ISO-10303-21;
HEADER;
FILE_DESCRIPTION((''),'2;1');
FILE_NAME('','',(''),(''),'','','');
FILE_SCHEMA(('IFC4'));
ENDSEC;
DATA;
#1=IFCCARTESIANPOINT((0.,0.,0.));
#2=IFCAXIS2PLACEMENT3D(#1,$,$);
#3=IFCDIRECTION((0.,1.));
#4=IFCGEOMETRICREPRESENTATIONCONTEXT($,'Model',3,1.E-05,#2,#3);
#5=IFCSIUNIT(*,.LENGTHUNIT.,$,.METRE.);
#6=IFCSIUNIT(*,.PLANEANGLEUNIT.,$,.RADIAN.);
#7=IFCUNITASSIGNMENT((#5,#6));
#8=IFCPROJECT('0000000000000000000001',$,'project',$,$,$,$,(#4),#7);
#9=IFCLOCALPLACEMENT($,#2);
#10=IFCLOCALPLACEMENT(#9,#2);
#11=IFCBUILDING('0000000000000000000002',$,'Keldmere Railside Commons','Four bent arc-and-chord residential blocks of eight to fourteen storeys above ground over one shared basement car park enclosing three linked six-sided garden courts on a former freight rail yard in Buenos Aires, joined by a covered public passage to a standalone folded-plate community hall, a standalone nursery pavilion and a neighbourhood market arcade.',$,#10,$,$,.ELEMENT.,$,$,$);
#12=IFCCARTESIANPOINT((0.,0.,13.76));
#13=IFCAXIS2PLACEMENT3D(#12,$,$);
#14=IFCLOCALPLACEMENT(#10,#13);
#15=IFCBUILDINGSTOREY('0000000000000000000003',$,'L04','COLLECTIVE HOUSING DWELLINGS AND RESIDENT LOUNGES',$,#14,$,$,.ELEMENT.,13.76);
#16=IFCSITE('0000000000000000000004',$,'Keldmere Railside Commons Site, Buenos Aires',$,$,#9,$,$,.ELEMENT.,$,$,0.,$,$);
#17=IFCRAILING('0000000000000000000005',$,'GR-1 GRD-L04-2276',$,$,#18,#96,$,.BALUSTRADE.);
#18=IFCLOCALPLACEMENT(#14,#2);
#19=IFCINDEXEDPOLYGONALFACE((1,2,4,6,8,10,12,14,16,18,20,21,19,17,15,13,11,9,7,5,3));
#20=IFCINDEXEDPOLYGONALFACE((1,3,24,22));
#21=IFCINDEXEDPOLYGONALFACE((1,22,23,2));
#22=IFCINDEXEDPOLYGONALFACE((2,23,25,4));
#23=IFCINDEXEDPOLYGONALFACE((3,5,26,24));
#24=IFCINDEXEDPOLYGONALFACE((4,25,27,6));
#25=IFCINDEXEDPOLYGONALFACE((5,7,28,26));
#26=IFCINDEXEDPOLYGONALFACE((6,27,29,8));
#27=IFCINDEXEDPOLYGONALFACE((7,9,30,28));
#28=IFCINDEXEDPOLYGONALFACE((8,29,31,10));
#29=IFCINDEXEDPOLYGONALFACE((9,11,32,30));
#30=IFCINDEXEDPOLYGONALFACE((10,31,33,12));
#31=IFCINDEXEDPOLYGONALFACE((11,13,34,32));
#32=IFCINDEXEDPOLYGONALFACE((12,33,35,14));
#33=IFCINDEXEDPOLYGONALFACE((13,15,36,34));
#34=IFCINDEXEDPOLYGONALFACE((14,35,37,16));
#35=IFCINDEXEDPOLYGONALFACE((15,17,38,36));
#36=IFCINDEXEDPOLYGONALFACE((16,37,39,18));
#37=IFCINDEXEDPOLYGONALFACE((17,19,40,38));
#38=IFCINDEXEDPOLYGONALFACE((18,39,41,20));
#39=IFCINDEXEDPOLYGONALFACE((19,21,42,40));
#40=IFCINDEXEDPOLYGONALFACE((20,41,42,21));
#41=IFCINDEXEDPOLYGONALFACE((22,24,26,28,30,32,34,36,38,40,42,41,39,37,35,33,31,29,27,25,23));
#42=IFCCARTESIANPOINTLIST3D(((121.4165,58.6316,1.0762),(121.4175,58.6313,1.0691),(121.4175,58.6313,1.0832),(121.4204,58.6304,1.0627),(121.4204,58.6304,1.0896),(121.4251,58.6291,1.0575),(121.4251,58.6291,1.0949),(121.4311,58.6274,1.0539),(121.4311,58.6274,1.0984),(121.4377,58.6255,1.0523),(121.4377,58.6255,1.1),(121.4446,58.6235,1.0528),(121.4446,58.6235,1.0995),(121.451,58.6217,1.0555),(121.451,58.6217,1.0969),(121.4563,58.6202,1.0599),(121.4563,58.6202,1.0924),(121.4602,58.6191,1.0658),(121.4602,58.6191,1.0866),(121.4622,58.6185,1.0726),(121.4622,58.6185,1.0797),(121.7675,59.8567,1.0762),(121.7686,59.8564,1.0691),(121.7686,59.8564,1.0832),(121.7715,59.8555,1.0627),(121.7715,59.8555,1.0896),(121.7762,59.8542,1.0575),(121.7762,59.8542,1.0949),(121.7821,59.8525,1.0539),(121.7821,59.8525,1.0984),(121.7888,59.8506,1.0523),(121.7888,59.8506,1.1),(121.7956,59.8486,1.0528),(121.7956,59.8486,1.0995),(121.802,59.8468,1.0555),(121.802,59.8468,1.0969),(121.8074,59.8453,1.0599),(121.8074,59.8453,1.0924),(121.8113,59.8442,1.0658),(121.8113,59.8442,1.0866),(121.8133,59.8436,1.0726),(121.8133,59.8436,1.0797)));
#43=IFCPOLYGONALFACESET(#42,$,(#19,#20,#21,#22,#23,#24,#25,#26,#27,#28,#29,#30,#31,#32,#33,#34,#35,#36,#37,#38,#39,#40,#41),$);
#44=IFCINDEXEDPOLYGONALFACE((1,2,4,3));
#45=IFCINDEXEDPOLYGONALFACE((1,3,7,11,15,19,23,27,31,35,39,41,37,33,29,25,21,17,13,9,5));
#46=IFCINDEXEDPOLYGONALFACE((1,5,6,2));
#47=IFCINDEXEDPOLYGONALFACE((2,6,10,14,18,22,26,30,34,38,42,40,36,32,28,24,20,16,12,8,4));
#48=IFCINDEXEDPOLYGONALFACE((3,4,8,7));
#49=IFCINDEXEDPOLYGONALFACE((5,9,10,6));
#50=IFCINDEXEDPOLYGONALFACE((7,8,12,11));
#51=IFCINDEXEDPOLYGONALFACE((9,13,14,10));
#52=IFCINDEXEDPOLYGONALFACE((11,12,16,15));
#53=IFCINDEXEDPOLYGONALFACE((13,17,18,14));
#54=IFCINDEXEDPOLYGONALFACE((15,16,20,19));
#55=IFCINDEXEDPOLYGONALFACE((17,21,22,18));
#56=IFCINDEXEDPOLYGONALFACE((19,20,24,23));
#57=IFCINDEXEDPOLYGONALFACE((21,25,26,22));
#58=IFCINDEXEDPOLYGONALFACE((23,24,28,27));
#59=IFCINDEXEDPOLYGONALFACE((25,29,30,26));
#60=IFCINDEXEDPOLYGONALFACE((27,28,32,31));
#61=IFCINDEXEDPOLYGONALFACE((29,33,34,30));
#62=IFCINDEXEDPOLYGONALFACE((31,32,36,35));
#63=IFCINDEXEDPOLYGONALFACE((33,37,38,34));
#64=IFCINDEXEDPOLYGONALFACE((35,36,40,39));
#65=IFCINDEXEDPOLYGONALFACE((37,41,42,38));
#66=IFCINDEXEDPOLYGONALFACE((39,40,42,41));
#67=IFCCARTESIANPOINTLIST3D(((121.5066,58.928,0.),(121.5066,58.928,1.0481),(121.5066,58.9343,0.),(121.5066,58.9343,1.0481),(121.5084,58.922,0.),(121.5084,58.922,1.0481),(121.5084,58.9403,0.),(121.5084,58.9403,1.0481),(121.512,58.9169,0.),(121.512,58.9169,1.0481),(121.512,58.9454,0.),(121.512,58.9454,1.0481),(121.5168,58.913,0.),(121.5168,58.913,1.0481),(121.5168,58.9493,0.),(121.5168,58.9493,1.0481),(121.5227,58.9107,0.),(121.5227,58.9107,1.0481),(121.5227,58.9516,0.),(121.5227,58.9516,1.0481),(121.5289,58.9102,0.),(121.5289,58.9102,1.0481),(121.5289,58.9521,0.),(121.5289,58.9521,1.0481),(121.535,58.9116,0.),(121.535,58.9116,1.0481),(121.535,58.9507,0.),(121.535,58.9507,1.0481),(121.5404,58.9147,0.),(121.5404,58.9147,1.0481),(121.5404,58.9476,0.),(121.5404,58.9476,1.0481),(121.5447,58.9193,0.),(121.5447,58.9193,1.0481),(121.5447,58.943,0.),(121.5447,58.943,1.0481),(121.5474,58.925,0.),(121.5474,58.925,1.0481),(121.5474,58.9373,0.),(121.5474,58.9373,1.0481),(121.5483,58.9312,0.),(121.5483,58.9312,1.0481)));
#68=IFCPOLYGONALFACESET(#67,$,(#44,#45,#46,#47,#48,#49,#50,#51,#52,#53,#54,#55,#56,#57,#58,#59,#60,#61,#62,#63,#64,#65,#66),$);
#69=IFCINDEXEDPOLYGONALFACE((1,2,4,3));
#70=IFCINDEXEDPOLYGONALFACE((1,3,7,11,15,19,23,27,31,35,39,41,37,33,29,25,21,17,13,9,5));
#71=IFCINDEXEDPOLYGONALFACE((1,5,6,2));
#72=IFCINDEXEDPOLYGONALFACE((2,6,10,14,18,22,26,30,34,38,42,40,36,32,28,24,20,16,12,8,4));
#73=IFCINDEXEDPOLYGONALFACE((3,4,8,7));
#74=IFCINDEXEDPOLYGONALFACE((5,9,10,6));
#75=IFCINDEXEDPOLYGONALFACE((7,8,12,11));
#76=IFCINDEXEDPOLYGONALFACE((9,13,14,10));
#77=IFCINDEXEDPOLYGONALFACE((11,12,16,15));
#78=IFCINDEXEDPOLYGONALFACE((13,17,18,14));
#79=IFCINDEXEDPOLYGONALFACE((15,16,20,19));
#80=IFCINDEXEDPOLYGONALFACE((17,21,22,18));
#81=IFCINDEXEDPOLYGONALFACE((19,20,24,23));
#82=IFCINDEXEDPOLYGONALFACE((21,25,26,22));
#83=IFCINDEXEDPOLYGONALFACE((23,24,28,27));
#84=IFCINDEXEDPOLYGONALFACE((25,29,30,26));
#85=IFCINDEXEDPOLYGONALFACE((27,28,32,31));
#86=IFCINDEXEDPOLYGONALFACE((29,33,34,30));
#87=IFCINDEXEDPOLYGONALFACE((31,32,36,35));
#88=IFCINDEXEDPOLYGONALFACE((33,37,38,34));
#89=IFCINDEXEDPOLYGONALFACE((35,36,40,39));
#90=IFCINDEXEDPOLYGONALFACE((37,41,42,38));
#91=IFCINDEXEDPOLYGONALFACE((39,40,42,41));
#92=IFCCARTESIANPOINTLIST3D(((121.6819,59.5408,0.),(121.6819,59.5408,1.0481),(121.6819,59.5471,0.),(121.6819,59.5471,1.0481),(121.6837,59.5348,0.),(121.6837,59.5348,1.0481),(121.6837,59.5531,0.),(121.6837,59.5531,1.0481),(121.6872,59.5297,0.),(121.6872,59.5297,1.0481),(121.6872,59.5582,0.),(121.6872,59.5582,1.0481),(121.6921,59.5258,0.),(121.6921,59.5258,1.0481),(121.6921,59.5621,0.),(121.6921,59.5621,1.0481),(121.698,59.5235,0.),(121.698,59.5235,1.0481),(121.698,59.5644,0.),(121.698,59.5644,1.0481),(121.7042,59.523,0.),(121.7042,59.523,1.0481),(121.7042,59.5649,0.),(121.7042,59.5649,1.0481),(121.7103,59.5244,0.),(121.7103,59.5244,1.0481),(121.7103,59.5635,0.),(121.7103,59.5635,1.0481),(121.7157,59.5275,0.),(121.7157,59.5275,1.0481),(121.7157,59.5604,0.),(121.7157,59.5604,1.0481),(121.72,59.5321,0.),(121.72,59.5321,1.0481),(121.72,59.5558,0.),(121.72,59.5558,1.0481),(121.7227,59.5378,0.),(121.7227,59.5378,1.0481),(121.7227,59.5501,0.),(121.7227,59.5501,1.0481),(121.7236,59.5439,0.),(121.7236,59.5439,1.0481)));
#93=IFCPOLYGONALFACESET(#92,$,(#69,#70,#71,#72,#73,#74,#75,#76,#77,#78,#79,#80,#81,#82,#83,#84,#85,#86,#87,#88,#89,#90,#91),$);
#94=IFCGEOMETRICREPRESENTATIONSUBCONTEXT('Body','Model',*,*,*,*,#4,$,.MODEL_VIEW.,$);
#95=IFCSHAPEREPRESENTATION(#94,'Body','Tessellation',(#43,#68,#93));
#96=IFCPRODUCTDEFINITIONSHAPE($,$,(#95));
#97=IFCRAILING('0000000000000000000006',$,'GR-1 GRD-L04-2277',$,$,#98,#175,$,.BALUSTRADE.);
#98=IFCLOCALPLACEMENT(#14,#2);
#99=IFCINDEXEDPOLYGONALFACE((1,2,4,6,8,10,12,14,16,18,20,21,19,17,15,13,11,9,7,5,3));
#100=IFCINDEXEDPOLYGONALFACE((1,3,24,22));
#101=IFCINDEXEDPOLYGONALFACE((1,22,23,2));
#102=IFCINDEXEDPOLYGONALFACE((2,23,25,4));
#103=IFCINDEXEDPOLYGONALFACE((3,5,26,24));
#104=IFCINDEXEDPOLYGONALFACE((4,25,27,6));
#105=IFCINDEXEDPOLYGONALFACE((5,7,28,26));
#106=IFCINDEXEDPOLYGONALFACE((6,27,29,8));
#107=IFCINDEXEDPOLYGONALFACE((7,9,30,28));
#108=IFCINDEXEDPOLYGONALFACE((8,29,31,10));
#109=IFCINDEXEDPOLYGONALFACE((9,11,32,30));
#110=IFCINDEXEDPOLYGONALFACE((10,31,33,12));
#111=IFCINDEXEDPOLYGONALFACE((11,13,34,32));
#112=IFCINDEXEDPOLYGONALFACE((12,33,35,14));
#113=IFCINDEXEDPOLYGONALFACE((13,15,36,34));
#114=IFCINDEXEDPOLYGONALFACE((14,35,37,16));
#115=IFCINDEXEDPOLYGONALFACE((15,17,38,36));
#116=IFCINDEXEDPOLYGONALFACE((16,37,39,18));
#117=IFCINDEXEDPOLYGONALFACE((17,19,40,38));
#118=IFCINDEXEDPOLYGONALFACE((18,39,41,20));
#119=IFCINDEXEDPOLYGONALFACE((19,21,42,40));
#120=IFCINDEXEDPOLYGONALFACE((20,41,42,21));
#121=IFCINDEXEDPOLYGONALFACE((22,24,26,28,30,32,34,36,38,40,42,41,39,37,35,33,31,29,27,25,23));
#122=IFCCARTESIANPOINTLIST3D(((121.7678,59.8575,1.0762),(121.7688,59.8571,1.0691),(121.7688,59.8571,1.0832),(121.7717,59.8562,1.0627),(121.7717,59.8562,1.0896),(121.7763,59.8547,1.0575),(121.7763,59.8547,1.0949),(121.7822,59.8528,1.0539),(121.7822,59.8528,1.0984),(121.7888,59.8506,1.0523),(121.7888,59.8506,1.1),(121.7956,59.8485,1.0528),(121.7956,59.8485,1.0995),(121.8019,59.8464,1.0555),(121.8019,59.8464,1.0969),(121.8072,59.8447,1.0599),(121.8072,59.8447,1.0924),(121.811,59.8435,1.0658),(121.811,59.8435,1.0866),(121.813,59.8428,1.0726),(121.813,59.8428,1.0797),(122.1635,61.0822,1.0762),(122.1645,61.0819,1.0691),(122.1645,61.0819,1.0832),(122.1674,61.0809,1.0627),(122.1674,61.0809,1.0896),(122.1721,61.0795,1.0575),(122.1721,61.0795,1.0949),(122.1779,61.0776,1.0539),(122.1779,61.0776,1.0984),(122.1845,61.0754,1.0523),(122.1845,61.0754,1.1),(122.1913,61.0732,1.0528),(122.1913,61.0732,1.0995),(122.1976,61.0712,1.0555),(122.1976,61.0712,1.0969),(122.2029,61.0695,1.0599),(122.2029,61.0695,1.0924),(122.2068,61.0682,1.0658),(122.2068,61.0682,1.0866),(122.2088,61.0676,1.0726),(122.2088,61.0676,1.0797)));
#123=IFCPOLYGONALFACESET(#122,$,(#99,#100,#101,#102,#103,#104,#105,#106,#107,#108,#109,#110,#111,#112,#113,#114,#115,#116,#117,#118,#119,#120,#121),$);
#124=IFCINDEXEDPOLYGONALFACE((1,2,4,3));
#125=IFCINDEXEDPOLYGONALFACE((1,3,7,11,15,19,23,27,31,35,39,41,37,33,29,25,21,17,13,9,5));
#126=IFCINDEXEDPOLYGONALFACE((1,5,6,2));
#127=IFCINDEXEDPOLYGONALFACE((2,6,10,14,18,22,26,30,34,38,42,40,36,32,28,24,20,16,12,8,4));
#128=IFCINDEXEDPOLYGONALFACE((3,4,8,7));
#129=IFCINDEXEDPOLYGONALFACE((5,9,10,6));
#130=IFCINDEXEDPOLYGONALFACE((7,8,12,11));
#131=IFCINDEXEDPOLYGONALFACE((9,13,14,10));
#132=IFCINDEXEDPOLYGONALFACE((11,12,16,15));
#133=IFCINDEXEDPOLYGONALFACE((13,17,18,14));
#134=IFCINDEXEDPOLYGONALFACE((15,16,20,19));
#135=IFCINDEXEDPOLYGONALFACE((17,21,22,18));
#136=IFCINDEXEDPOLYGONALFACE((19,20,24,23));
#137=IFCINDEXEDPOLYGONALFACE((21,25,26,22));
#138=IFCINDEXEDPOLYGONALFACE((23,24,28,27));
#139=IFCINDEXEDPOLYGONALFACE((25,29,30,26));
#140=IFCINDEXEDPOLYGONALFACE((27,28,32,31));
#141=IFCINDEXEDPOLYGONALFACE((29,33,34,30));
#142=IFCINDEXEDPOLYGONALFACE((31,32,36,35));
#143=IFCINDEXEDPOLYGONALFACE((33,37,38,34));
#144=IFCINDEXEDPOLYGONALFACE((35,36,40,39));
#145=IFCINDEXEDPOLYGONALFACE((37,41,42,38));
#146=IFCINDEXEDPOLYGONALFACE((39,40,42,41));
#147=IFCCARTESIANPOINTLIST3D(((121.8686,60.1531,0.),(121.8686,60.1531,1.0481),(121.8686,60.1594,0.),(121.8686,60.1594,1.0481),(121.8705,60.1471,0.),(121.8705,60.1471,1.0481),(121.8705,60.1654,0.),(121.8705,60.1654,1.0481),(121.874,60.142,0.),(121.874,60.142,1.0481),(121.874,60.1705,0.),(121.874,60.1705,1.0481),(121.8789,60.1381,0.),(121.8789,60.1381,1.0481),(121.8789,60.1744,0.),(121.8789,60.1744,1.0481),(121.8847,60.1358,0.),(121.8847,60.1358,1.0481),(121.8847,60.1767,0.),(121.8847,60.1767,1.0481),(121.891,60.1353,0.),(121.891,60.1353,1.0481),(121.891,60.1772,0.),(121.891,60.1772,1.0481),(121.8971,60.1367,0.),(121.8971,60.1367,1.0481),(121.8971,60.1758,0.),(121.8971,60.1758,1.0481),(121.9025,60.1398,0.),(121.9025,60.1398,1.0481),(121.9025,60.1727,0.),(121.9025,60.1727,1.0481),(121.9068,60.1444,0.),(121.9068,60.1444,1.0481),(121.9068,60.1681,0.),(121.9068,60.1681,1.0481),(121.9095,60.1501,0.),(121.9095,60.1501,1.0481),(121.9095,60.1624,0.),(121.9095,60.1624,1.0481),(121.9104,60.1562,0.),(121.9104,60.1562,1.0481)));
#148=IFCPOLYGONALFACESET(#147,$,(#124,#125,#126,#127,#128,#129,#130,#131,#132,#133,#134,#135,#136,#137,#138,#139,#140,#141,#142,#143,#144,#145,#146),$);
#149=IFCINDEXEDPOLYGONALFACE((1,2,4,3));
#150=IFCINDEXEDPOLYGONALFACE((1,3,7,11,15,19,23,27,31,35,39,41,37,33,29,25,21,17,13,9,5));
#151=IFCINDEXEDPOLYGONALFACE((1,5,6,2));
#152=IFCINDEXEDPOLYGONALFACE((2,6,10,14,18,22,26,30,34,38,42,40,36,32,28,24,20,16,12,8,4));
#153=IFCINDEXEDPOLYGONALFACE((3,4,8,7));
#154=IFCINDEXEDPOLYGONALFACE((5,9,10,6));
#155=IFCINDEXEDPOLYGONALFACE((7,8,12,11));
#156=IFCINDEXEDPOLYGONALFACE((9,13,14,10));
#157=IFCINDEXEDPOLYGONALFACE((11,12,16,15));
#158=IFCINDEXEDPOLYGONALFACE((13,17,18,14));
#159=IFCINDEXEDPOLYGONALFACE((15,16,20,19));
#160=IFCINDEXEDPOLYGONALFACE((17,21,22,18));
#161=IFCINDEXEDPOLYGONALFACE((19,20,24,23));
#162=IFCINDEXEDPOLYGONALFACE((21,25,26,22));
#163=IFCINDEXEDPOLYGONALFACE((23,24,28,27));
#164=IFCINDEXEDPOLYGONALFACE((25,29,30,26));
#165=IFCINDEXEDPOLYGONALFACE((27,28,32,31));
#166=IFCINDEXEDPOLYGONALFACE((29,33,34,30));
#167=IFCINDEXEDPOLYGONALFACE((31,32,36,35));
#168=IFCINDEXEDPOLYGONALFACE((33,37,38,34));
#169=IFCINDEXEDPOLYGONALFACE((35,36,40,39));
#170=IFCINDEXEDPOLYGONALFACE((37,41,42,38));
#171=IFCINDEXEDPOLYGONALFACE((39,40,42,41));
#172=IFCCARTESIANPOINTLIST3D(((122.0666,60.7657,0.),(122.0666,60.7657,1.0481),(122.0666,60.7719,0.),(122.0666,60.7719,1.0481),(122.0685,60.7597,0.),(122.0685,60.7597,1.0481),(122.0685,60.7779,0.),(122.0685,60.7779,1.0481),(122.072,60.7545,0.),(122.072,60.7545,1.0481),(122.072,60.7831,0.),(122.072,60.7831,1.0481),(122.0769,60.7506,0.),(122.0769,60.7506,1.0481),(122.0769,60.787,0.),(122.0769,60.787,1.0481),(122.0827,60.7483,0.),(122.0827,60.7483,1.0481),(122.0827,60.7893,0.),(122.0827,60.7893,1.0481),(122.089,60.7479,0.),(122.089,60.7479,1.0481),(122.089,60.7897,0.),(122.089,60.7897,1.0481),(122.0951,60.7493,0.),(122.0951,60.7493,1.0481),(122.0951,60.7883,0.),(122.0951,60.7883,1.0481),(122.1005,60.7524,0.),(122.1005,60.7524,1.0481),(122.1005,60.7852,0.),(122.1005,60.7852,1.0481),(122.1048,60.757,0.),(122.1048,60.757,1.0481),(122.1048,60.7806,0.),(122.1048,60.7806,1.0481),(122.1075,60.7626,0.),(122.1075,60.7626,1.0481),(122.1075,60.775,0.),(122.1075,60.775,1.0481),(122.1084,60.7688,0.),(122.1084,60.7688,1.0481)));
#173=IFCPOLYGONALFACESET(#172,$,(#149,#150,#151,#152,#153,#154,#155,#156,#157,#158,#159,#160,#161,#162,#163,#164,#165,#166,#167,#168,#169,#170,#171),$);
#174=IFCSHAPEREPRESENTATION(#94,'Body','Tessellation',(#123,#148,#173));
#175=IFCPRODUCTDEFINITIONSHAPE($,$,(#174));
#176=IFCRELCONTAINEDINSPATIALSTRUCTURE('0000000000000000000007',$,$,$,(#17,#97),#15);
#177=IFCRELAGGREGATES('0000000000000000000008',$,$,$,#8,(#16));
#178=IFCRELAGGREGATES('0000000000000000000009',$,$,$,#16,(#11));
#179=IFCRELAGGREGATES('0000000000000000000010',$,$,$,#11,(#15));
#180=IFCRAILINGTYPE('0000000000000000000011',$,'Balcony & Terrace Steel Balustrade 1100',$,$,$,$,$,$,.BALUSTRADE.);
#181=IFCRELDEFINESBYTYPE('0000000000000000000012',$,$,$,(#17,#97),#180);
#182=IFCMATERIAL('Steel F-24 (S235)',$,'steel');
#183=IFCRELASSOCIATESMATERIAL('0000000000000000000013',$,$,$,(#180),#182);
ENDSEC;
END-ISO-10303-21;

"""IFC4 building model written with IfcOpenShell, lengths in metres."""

from ifc_helpers import new_model, si_unit, direction, frame, origin, origin_2d, place, context, subcontext, project, spatial, circle, extrude, material, type_object, element, save


model = new_model("IFC4")

# Units and contexts
model_context = context("Model", 3, precision=1e-05, world=origin(), true_north=direction((0.0, 1.0)))
body_context = subcontext(model_context, "Body", "Model", "MODEL_VIEW")
ifc_project = project(units=[si_unit("LENGTHUNIT", "METRE"), si_unit("PLANEANGLEUNIT", "RADIAN")], contexts=[model_context])

# Site, building, storey
site_placement = place(None, origin())
site = spatial("IfcSite", under=ifc_project, at=site_placement, Name="Keldmere Railside Commons Site, Buenos Aires", CompositionType="ELEMENT", RefElevation=0.0)
building_placement = place(site_placement, origin())
building = spatial("IfcBuilding", under=site, at=building_placement, Name="Keldmere Railside Commons", Description="Four bent arc-and-chord residential blocks of eight to fourteen storeys above ground over one shared basement car park enclosing three linked six-sided garden courts on a former freight rail yard in Buenos Aires, joined by a covered public passage to a standalone folded-plate community hall, a standalone nursery pavilion and a neighbourhood market arcade.", CompositionType="ELEMENT")
storey_placement = place(building_placement, frame((0.0, 0.0, 13.76)))
storey = spatial("IfcBuildingStorey", under=building, at=storey_placement, Name="L04", Description="COLLECTIVE HOUSING DWELLINGS AND RESIDENT LOUNGES", CompositionType="ELEMENT", Elevation=13.76)

# Railings
ifc_material_1 = material(Name="Steel F-24 (S235)", Category="steel")
railing_type = type_object("IfcRailingType", Name="Balcony & Terrace Steel Balustrade 1100", PredefinedType="BALUSTRADE", material=ifc_material_1)
railing_1_placement = place(storey_placement, frame((121.4395, 58.625, 0.0)))
element("IfcRailing", 1, at=railing_1_placement, inside=storey, type_object=railing_type, Name="GR-1 GRD-L04-2276", PredefinedType="BALUSTRADE", context=body_context, shape_type="SweptSolid", body=[
    extrude(circle(Radius=0.0239, at=origin_2d()), frame((0.0, 0.0, 1.0762), z_axis=(0.27548, 0.961307, 0.0), x_axis=(-0.961307, 0.27548, 0.0)), (0.0, 0.0, 1.0), 1.2744),
    extrude(circle(Radius=0.021, at=origin_2d()), frame((0.0879, 0.3062, 0.0)), (0.0, 0.0, 1.0), 1.0481),
    extrude(circle(Radius=0.021, at=origin_2d()), frame((0.2632, 0.9189, 0.0)), (0.0, 0.0, 1.0), 1.0481),
])
railing_2_placement = place(storey_placement, frame((121.7905, 59.8501, 0.0)))
element("IfcRailing", 2, at=railing_2_placement, inside=storey, type_object=railing_type, Name="GR-1 GRD-L04-2277", PredefinedType="BALUSTRADE", context=body_context, shape_type="SweptSolid", body=[
    extrude(circle(Radius=0.0239, at=origin_2d()), frame((0.0, 0.0, 1.0762), z_axis=(0.307452, 0.951564, 0.0), x_axis=(-0.951564, 0.307452, 0.0)), (0.0, 0.0, 1.0), 1.2871),
    extrude(circle(Radius=0.021, at=origin_2d()), frame((0.0989, 0.3062, 0.0)), (0.0, 0.0, 1.0), 1.0481),
    extrude(circle(Radius=0.021, at=origin_2d()), frame((0.2969, 0.9187, 0.0)), (0.0, 0.0, 1.0), 1.0481),
])

save(model, "model.ifc")
